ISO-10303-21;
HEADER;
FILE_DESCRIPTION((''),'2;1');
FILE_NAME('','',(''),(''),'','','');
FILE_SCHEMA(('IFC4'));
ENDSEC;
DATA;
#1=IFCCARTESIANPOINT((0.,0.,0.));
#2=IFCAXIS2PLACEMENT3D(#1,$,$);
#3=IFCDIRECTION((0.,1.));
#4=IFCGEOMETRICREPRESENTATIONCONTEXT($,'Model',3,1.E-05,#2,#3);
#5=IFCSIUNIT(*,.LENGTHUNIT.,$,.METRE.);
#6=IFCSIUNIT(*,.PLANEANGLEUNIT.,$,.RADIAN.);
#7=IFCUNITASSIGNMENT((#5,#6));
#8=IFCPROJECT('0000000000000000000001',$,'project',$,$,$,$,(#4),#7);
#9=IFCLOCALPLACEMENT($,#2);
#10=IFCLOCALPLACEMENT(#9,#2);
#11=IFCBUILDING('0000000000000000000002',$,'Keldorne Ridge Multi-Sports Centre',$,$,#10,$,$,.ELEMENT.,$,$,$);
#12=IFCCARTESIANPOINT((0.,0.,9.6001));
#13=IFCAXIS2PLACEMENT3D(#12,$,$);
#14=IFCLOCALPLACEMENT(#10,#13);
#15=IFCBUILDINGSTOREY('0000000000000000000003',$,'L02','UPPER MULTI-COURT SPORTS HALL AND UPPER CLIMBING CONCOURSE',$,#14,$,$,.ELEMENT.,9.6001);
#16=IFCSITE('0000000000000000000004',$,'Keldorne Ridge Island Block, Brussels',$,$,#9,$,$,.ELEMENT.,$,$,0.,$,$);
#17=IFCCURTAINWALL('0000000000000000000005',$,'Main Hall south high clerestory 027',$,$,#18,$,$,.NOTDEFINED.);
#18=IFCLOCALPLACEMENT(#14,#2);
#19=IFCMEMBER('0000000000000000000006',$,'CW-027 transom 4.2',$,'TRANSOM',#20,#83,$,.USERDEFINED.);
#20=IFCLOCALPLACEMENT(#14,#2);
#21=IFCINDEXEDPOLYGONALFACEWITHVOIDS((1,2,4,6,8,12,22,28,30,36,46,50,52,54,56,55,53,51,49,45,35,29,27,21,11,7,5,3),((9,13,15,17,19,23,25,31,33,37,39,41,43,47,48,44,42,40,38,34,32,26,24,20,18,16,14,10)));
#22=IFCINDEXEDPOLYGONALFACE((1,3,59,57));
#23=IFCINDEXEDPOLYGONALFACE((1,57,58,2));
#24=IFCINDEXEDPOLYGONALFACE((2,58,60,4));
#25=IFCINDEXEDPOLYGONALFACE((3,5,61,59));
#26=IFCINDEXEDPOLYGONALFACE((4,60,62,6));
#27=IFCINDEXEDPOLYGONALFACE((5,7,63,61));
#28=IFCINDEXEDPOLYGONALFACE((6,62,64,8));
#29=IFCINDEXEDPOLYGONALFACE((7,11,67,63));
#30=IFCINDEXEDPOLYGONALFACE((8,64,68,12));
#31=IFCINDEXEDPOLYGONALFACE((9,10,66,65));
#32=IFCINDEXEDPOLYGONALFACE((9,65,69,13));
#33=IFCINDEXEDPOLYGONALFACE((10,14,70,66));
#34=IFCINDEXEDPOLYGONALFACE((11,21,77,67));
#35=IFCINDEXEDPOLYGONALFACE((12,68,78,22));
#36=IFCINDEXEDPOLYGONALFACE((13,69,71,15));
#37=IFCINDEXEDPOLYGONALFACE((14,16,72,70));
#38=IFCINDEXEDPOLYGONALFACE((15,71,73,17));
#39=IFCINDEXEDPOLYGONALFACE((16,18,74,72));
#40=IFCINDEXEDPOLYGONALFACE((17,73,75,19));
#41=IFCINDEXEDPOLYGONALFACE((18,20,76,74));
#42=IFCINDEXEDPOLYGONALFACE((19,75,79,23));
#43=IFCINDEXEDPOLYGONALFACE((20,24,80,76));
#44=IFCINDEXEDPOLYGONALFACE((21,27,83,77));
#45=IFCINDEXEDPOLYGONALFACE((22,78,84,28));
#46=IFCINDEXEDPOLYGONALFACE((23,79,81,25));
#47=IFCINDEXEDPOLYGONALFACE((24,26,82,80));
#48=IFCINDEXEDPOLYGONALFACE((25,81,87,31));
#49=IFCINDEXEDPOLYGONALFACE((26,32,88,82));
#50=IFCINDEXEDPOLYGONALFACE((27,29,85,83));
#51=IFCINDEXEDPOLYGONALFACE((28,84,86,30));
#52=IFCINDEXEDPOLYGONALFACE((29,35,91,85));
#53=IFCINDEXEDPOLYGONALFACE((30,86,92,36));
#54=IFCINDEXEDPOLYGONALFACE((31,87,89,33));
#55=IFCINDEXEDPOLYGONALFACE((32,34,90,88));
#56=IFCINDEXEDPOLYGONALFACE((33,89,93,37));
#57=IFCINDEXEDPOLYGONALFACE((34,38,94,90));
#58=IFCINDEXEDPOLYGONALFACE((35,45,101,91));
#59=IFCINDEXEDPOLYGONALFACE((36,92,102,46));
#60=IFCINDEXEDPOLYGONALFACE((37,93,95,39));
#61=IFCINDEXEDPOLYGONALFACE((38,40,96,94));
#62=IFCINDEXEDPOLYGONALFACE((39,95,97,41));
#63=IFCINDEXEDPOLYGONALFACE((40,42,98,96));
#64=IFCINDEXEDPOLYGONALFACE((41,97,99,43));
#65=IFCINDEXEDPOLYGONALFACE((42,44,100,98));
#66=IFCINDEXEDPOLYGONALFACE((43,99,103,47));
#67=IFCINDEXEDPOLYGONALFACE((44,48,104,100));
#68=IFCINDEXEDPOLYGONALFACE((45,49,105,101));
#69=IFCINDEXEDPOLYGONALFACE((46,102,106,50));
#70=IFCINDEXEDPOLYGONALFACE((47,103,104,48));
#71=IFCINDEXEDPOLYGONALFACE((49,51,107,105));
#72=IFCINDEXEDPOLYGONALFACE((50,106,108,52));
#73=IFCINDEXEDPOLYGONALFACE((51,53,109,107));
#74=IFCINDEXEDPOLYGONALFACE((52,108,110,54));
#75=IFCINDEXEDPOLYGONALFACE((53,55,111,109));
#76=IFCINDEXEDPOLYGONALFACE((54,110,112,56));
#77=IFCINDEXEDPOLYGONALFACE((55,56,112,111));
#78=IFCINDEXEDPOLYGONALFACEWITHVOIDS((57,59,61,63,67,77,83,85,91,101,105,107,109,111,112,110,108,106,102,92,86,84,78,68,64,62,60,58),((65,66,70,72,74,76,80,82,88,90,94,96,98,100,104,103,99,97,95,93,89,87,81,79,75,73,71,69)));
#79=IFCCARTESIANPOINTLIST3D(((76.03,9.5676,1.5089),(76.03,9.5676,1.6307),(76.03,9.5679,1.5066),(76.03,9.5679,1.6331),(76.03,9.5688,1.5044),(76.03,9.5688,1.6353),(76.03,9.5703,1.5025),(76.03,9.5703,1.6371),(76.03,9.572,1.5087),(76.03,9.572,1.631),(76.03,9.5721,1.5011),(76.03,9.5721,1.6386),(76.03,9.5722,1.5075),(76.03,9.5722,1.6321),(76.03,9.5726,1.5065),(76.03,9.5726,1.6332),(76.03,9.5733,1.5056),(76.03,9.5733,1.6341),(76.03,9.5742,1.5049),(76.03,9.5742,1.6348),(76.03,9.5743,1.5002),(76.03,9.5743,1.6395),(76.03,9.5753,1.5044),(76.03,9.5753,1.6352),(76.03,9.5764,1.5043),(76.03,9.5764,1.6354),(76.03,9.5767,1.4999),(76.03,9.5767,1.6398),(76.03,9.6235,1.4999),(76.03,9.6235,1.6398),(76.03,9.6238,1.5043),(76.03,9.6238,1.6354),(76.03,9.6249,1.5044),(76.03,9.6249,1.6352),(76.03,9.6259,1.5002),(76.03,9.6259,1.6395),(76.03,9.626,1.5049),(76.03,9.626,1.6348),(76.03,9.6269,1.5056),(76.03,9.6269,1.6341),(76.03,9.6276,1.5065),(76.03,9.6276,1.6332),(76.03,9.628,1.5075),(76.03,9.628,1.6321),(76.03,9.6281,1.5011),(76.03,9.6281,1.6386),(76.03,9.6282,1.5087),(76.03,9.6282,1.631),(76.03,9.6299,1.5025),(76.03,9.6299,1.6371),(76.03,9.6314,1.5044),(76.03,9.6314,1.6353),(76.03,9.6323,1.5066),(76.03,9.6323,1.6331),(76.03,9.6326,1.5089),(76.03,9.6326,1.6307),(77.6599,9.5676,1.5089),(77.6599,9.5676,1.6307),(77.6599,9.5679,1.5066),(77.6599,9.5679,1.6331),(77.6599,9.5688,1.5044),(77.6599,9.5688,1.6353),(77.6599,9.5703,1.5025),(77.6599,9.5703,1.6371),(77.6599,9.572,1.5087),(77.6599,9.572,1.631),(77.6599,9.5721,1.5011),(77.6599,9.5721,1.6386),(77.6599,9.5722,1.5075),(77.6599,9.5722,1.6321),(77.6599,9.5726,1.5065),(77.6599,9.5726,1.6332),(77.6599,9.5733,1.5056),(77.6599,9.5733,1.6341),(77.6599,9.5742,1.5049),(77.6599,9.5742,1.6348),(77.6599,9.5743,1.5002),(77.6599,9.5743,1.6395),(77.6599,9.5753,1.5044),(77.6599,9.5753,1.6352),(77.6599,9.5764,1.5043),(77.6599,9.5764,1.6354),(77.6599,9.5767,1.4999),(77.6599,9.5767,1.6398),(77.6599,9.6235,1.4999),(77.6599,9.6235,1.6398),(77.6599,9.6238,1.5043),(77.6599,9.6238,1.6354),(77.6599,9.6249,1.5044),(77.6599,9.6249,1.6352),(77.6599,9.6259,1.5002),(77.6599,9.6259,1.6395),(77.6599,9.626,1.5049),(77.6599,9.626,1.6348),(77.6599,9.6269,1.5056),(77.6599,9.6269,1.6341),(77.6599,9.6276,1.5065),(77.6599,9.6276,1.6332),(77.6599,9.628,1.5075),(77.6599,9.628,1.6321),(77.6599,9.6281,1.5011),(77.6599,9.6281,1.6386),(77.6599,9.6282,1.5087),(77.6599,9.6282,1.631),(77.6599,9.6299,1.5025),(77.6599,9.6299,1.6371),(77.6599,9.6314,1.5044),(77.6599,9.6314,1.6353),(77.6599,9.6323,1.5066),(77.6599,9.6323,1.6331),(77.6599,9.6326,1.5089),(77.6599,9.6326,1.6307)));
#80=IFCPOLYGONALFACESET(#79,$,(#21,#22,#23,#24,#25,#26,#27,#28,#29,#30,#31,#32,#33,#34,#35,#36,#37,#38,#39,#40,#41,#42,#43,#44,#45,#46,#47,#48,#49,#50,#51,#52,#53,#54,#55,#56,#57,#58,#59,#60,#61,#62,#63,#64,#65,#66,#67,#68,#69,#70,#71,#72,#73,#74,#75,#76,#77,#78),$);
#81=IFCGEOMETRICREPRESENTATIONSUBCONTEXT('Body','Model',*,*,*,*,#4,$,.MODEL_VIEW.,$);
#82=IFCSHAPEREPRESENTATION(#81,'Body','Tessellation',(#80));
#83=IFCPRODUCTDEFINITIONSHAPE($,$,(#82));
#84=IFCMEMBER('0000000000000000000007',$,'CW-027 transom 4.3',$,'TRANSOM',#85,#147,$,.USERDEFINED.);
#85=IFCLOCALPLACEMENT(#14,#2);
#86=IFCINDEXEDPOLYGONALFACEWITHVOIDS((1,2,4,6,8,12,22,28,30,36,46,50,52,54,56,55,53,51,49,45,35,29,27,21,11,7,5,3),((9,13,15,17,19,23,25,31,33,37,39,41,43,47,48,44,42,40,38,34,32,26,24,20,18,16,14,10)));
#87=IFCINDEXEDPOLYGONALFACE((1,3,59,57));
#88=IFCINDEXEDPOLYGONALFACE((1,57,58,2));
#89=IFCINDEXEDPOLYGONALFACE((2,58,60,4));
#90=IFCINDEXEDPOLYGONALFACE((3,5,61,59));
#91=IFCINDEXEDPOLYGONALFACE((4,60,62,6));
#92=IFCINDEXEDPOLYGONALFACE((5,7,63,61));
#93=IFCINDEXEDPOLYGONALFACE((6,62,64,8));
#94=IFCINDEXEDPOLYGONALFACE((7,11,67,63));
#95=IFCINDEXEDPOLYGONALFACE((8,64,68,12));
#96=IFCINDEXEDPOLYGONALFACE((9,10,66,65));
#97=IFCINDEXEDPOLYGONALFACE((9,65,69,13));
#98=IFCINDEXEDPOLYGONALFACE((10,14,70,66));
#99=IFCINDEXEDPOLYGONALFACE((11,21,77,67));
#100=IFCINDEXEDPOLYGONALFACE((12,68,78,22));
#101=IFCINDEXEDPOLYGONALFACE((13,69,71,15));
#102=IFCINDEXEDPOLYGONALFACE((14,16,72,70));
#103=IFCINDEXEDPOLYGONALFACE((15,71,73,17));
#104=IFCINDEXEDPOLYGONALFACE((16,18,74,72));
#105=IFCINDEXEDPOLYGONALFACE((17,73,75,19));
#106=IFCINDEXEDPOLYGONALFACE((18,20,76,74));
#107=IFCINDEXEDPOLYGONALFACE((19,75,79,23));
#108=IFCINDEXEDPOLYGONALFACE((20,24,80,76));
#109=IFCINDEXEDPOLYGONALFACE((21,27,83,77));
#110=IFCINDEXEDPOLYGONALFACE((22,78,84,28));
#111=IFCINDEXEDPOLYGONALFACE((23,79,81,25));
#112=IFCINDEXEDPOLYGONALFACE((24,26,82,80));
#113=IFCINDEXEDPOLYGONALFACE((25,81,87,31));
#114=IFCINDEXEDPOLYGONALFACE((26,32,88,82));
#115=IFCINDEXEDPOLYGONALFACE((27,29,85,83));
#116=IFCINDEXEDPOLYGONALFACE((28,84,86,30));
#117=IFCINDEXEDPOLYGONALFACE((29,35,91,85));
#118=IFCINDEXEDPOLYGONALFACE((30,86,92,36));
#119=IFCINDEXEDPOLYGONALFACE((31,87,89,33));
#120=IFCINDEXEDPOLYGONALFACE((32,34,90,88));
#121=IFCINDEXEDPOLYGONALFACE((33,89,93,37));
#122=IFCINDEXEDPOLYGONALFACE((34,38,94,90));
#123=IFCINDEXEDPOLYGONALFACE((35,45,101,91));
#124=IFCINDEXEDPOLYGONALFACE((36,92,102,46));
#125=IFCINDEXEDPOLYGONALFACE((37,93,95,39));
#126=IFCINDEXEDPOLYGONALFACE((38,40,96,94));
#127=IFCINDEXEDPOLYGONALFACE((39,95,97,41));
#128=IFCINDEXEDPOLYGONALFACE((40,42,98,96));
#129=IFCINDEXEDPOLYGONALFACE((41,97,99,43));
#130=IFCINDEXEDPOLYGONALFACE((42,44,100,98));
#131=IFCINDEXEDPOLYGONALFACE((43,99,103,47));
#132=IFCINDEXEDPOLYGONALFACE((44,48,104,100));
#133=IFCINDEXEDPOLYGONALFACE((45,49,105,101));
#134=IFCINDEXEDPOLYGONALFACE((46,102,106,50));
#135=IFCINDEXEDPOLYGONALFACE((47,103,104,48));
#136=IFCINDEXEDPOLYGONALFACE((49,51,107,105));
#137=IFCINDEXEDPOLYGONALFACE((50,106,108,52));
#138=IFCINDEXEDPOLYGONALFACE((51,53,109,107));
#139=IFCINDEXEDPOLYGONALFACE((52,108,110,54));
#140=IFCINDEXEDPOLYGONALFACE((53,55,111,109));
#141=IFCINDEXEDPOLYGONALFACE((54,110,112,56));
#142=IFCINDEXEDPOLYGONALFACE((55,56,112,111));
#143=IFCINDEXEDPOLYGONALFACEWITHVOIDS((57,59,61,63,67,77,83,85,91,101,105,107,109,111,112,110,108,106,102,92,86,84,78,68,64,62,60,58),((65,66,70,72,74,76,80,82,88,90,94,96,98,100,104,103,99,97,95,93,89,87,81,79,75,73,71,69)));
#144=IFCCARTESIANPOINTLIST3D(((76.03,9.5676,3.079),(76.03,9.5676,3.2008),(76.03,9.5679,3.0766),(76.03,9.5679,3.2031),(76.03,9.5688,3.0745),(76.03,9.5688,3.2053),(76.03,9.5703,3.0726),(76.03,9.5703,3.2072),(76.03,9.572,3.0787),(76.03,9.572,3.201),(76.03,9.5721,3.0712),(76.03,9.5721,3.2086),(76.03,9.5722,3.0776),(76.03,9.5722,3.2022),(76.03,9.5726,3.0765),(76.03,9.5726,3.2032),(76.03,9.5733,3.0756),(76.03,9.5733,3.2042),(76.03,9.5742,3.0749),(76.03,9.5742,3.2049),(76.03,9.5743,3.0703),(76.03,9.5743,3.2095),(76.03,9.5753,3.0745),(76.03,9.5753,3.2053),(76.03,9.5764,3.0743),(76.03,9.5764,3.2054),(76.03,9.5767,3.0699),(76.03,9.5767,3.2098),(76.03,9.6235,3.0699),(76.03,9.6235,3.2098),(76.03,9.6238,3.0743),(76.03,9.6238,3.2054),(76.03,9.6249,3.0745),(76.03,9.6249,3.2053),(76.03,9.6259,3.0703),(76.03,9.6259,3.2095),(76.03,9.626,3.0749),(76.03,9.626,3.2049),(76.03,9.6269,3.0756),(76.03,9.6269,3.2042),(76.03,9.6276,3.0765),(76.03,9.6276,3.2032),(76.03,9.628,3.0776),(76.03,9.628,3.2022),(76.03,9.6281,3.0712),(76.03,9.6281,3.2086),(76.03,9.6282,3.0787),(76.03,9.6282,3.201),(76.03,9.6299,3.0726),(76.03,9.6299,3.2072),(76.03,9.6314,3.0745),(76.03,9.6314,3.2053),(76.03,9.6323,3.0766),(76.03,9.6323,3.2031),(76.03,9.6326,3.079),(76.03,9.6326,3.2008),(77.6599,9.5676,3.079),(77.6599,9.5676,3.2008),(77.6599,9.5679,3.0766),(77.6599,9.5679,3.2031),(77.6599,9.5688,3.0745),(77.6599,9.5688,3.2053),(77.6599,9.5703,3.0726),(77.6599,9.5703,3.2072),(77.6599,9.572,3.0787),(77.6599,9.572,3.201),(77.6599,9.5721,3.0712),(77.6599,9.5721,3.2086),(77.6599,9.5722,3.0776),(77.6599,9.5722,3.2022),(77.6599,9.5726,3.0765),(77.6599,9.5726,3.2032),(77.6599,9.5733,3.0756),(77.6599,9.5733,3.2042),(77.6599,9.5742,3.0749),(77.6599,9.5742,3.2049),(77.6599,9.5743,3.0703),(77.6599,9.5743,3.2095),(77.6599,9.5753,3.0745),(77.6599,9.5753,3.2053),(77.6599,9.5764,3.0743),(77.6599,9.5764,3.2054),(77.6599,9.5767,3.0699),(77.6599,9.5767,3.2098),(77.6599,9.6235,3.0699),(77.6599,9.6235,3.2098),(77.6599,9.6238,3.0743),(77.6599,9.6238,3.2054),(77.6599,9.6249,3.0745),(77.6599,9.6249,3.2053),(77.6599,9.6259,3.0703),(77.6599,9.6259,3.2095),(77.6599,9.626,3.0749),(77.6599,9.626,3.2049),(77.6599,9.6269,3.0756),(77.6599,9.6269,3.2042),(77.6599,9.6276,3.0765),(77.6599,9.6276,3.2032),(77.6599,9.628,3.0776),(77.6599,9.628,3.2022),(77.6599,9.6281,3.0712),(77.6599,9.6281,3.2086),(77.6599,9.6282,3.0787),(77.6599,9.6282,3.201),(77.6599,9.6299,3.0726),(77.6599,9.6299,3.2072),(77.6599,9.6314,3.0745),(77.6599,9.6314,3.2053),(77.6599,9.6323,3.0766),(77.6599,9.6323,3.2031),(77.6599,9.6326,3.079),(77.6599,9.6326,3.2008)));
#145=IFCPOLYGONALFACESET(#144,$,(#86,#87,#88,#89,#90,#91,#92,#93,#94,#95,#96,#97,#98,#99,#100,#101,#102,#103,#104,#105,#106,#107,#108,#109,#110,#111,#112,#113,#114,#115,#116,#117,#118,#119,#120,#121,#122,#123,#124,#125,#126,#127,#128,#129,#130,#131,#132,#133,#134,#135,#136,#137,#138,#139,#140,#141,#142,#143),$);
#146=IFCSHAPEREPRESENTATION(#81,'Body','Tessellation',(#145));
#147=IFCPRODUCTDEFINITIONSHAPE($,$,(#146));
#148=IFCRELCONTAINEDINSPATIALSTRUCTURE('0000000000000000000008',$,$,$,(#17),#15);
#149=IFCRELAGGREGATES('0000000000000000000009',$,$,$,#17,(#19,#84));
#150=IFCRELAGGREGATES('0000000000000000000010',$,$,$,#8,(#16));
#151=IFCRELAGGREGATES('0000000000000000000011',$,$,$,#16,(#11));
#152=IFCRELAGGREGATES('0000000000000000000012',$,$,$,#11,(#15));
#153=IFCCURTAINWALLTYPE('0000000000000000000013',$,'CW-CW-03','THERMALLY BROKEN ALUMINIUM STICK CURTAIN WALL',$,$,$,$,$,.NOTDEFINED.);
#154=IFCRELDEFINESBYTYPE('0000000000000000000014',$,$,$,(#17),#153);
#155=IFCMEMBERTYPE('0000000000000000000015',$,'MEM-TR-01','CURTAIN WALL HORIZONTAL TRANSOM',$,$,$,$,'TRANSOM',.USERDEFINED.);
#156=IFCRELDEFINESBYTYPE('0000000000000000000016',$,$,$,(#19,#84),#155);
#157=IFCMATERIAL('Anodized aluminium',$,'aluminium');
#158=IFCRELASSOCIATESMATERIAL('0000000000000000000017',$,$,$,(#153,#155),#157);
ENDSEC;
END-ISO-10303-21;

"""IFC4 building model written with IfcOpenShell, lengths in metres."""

from ifc_helpers import new_model, si_unit, direction, frame, origin, origin_2d, place, context, subcontext, project, spatial, hollow_rectangle, extrude, material, material_profile, profile_set, type_object, element, aggregate, save


model = new_model("IFC4")

# Units and contexts
model_context = context("Model", 3, precision=1e-05, world=origin(), true_north=direction((0.0, 1.0)))
body_context = subcontext(model_context, "Body", "Model", "MODEL_VIEW")
ifc_project = project(units=[si_unit("LENGTHUNIT", "METRE"), si_unit("PLANEANGLEUNIT", "RADIAN")], contexts=[model_context])

# Site, building, storey
site_placement = place(None, origin())
site = spatial("IfcSite", under=ifc_project, at=site_placement, Name="Keldorne Ridge Island Block, Brussels", CompositionType="ELEMENT", RefElevation=0.0)
building_placement = place(site_placement, origin())
building = spatial("IfcBuilding", under=site, at=building_placement, Name="Keldorne Ridge Multi-Sports Centre", CompositionType="ELEMENT")
storey_placement = place(building_placement, frame((0.0, 0.0, 9.6001)))
storey = spatial("IfcBuildingStorey", under=building, at=storey_placement, Name="L02", Description="UPPER MULTI-COURT SPORTS HALL AND UPPER CLIMBING CONCOURSE", CompositionType="ELEMENT", Elevation=9.6001)

# Curtain wall
ifc_material_1 = material(Name="Anodized aluminium", Category="aluminium")
curtain_wall_type = type_object("IfcCurtainWallType", Name="CW-CW-03", Description="THERMALLY BROKEN ALUMINIUM STICK CURTAIN WALL", PredefinedType="NOTDEFINED", material=ifc_material_1)
curtain_wall_placement = place(storey_placement, origin())
curtain_wall = element("IfcCurtainWall", 1, at=curtain_wall_placement, inside=storey, type_object=curtain_wall_type, Name="Main Hall south high clerestory 027", PredefinedType="NOTDEFINED")

# Members
ifc_material_profile_1 = material_profile(ifc_material_1, hollow_rectangle(XDim=0.0649, YDim=0.1399, WallThickness=0.0044, InnerFilletRadius=0.0044, OuterFilletRadius=0.009, at=origin_2d()), Name="ALU TRANSOM 140x65x4.5")
ifc_profile_set_1 = profile_set([ifc_material_profile_1], Name="Anodized aluminium")
member_type_1 = type_object("IfcMemberType", Name="MEM-TR-01", Description="CURTAIN WALL HORIZONTAL TRANSOM", ElementType="TRANSOM", PredefinedType="USERDEFINED", material=ifc_profile_set_1)
member_1_placement = place(storey_placement, frame((76.03, 9.6001, 1.5698), z_axis=(1.0, 0.0, 0.0), x_axis=(0.0, 1.0, 0.0)))
member_1 = element("IfcMember", 2, at=member_1_placement, type_object=member_type_1, Name="CW-027 transom 4.2", ObjectType="TRANSOM", PredefinedType="USERDEFINED", context=body_context, shape_type="SweptSolid", body=[
    extrude(hollow_rectangle(XDim=0.0649, YDim=0.1399, WallThickness=0.0044, InnerFilletRadius=0.0044, OuterFilletRadius=0.009, at=origin_2d()), origin(), (0.0, 0.0, 1.0), 1.6299),
])
member_2_placement = place(storey_placement, frame((76.03, 9.6001, 3.1399), z_axis=(1.0, 0.0, 0.0), x_axis=(0.0, 1.0, 0.0)))
member_2 = element("IfcMember", 3, at=member_2_placement, type_object=member_type_1, Name="CW-027 transom 4.3", ObjectType="TRANSOM", PredefinedType="USERDEFINED", context=body_context, shape_type="SweptSolid", body=[
    extrude(hollow_rectangle(XDim=0.0649, YDim=0.1399, WallThickness=0.0044, InnerFilletRadius=0.0044, OuterFilletRadius=0.009, at=origin_2d()), origin(), (0.0, 0.0, 1.0), 1.6299),
])

aggregate(curtain_wall, [member_1, member_2])

save(model, "model.ifc")
